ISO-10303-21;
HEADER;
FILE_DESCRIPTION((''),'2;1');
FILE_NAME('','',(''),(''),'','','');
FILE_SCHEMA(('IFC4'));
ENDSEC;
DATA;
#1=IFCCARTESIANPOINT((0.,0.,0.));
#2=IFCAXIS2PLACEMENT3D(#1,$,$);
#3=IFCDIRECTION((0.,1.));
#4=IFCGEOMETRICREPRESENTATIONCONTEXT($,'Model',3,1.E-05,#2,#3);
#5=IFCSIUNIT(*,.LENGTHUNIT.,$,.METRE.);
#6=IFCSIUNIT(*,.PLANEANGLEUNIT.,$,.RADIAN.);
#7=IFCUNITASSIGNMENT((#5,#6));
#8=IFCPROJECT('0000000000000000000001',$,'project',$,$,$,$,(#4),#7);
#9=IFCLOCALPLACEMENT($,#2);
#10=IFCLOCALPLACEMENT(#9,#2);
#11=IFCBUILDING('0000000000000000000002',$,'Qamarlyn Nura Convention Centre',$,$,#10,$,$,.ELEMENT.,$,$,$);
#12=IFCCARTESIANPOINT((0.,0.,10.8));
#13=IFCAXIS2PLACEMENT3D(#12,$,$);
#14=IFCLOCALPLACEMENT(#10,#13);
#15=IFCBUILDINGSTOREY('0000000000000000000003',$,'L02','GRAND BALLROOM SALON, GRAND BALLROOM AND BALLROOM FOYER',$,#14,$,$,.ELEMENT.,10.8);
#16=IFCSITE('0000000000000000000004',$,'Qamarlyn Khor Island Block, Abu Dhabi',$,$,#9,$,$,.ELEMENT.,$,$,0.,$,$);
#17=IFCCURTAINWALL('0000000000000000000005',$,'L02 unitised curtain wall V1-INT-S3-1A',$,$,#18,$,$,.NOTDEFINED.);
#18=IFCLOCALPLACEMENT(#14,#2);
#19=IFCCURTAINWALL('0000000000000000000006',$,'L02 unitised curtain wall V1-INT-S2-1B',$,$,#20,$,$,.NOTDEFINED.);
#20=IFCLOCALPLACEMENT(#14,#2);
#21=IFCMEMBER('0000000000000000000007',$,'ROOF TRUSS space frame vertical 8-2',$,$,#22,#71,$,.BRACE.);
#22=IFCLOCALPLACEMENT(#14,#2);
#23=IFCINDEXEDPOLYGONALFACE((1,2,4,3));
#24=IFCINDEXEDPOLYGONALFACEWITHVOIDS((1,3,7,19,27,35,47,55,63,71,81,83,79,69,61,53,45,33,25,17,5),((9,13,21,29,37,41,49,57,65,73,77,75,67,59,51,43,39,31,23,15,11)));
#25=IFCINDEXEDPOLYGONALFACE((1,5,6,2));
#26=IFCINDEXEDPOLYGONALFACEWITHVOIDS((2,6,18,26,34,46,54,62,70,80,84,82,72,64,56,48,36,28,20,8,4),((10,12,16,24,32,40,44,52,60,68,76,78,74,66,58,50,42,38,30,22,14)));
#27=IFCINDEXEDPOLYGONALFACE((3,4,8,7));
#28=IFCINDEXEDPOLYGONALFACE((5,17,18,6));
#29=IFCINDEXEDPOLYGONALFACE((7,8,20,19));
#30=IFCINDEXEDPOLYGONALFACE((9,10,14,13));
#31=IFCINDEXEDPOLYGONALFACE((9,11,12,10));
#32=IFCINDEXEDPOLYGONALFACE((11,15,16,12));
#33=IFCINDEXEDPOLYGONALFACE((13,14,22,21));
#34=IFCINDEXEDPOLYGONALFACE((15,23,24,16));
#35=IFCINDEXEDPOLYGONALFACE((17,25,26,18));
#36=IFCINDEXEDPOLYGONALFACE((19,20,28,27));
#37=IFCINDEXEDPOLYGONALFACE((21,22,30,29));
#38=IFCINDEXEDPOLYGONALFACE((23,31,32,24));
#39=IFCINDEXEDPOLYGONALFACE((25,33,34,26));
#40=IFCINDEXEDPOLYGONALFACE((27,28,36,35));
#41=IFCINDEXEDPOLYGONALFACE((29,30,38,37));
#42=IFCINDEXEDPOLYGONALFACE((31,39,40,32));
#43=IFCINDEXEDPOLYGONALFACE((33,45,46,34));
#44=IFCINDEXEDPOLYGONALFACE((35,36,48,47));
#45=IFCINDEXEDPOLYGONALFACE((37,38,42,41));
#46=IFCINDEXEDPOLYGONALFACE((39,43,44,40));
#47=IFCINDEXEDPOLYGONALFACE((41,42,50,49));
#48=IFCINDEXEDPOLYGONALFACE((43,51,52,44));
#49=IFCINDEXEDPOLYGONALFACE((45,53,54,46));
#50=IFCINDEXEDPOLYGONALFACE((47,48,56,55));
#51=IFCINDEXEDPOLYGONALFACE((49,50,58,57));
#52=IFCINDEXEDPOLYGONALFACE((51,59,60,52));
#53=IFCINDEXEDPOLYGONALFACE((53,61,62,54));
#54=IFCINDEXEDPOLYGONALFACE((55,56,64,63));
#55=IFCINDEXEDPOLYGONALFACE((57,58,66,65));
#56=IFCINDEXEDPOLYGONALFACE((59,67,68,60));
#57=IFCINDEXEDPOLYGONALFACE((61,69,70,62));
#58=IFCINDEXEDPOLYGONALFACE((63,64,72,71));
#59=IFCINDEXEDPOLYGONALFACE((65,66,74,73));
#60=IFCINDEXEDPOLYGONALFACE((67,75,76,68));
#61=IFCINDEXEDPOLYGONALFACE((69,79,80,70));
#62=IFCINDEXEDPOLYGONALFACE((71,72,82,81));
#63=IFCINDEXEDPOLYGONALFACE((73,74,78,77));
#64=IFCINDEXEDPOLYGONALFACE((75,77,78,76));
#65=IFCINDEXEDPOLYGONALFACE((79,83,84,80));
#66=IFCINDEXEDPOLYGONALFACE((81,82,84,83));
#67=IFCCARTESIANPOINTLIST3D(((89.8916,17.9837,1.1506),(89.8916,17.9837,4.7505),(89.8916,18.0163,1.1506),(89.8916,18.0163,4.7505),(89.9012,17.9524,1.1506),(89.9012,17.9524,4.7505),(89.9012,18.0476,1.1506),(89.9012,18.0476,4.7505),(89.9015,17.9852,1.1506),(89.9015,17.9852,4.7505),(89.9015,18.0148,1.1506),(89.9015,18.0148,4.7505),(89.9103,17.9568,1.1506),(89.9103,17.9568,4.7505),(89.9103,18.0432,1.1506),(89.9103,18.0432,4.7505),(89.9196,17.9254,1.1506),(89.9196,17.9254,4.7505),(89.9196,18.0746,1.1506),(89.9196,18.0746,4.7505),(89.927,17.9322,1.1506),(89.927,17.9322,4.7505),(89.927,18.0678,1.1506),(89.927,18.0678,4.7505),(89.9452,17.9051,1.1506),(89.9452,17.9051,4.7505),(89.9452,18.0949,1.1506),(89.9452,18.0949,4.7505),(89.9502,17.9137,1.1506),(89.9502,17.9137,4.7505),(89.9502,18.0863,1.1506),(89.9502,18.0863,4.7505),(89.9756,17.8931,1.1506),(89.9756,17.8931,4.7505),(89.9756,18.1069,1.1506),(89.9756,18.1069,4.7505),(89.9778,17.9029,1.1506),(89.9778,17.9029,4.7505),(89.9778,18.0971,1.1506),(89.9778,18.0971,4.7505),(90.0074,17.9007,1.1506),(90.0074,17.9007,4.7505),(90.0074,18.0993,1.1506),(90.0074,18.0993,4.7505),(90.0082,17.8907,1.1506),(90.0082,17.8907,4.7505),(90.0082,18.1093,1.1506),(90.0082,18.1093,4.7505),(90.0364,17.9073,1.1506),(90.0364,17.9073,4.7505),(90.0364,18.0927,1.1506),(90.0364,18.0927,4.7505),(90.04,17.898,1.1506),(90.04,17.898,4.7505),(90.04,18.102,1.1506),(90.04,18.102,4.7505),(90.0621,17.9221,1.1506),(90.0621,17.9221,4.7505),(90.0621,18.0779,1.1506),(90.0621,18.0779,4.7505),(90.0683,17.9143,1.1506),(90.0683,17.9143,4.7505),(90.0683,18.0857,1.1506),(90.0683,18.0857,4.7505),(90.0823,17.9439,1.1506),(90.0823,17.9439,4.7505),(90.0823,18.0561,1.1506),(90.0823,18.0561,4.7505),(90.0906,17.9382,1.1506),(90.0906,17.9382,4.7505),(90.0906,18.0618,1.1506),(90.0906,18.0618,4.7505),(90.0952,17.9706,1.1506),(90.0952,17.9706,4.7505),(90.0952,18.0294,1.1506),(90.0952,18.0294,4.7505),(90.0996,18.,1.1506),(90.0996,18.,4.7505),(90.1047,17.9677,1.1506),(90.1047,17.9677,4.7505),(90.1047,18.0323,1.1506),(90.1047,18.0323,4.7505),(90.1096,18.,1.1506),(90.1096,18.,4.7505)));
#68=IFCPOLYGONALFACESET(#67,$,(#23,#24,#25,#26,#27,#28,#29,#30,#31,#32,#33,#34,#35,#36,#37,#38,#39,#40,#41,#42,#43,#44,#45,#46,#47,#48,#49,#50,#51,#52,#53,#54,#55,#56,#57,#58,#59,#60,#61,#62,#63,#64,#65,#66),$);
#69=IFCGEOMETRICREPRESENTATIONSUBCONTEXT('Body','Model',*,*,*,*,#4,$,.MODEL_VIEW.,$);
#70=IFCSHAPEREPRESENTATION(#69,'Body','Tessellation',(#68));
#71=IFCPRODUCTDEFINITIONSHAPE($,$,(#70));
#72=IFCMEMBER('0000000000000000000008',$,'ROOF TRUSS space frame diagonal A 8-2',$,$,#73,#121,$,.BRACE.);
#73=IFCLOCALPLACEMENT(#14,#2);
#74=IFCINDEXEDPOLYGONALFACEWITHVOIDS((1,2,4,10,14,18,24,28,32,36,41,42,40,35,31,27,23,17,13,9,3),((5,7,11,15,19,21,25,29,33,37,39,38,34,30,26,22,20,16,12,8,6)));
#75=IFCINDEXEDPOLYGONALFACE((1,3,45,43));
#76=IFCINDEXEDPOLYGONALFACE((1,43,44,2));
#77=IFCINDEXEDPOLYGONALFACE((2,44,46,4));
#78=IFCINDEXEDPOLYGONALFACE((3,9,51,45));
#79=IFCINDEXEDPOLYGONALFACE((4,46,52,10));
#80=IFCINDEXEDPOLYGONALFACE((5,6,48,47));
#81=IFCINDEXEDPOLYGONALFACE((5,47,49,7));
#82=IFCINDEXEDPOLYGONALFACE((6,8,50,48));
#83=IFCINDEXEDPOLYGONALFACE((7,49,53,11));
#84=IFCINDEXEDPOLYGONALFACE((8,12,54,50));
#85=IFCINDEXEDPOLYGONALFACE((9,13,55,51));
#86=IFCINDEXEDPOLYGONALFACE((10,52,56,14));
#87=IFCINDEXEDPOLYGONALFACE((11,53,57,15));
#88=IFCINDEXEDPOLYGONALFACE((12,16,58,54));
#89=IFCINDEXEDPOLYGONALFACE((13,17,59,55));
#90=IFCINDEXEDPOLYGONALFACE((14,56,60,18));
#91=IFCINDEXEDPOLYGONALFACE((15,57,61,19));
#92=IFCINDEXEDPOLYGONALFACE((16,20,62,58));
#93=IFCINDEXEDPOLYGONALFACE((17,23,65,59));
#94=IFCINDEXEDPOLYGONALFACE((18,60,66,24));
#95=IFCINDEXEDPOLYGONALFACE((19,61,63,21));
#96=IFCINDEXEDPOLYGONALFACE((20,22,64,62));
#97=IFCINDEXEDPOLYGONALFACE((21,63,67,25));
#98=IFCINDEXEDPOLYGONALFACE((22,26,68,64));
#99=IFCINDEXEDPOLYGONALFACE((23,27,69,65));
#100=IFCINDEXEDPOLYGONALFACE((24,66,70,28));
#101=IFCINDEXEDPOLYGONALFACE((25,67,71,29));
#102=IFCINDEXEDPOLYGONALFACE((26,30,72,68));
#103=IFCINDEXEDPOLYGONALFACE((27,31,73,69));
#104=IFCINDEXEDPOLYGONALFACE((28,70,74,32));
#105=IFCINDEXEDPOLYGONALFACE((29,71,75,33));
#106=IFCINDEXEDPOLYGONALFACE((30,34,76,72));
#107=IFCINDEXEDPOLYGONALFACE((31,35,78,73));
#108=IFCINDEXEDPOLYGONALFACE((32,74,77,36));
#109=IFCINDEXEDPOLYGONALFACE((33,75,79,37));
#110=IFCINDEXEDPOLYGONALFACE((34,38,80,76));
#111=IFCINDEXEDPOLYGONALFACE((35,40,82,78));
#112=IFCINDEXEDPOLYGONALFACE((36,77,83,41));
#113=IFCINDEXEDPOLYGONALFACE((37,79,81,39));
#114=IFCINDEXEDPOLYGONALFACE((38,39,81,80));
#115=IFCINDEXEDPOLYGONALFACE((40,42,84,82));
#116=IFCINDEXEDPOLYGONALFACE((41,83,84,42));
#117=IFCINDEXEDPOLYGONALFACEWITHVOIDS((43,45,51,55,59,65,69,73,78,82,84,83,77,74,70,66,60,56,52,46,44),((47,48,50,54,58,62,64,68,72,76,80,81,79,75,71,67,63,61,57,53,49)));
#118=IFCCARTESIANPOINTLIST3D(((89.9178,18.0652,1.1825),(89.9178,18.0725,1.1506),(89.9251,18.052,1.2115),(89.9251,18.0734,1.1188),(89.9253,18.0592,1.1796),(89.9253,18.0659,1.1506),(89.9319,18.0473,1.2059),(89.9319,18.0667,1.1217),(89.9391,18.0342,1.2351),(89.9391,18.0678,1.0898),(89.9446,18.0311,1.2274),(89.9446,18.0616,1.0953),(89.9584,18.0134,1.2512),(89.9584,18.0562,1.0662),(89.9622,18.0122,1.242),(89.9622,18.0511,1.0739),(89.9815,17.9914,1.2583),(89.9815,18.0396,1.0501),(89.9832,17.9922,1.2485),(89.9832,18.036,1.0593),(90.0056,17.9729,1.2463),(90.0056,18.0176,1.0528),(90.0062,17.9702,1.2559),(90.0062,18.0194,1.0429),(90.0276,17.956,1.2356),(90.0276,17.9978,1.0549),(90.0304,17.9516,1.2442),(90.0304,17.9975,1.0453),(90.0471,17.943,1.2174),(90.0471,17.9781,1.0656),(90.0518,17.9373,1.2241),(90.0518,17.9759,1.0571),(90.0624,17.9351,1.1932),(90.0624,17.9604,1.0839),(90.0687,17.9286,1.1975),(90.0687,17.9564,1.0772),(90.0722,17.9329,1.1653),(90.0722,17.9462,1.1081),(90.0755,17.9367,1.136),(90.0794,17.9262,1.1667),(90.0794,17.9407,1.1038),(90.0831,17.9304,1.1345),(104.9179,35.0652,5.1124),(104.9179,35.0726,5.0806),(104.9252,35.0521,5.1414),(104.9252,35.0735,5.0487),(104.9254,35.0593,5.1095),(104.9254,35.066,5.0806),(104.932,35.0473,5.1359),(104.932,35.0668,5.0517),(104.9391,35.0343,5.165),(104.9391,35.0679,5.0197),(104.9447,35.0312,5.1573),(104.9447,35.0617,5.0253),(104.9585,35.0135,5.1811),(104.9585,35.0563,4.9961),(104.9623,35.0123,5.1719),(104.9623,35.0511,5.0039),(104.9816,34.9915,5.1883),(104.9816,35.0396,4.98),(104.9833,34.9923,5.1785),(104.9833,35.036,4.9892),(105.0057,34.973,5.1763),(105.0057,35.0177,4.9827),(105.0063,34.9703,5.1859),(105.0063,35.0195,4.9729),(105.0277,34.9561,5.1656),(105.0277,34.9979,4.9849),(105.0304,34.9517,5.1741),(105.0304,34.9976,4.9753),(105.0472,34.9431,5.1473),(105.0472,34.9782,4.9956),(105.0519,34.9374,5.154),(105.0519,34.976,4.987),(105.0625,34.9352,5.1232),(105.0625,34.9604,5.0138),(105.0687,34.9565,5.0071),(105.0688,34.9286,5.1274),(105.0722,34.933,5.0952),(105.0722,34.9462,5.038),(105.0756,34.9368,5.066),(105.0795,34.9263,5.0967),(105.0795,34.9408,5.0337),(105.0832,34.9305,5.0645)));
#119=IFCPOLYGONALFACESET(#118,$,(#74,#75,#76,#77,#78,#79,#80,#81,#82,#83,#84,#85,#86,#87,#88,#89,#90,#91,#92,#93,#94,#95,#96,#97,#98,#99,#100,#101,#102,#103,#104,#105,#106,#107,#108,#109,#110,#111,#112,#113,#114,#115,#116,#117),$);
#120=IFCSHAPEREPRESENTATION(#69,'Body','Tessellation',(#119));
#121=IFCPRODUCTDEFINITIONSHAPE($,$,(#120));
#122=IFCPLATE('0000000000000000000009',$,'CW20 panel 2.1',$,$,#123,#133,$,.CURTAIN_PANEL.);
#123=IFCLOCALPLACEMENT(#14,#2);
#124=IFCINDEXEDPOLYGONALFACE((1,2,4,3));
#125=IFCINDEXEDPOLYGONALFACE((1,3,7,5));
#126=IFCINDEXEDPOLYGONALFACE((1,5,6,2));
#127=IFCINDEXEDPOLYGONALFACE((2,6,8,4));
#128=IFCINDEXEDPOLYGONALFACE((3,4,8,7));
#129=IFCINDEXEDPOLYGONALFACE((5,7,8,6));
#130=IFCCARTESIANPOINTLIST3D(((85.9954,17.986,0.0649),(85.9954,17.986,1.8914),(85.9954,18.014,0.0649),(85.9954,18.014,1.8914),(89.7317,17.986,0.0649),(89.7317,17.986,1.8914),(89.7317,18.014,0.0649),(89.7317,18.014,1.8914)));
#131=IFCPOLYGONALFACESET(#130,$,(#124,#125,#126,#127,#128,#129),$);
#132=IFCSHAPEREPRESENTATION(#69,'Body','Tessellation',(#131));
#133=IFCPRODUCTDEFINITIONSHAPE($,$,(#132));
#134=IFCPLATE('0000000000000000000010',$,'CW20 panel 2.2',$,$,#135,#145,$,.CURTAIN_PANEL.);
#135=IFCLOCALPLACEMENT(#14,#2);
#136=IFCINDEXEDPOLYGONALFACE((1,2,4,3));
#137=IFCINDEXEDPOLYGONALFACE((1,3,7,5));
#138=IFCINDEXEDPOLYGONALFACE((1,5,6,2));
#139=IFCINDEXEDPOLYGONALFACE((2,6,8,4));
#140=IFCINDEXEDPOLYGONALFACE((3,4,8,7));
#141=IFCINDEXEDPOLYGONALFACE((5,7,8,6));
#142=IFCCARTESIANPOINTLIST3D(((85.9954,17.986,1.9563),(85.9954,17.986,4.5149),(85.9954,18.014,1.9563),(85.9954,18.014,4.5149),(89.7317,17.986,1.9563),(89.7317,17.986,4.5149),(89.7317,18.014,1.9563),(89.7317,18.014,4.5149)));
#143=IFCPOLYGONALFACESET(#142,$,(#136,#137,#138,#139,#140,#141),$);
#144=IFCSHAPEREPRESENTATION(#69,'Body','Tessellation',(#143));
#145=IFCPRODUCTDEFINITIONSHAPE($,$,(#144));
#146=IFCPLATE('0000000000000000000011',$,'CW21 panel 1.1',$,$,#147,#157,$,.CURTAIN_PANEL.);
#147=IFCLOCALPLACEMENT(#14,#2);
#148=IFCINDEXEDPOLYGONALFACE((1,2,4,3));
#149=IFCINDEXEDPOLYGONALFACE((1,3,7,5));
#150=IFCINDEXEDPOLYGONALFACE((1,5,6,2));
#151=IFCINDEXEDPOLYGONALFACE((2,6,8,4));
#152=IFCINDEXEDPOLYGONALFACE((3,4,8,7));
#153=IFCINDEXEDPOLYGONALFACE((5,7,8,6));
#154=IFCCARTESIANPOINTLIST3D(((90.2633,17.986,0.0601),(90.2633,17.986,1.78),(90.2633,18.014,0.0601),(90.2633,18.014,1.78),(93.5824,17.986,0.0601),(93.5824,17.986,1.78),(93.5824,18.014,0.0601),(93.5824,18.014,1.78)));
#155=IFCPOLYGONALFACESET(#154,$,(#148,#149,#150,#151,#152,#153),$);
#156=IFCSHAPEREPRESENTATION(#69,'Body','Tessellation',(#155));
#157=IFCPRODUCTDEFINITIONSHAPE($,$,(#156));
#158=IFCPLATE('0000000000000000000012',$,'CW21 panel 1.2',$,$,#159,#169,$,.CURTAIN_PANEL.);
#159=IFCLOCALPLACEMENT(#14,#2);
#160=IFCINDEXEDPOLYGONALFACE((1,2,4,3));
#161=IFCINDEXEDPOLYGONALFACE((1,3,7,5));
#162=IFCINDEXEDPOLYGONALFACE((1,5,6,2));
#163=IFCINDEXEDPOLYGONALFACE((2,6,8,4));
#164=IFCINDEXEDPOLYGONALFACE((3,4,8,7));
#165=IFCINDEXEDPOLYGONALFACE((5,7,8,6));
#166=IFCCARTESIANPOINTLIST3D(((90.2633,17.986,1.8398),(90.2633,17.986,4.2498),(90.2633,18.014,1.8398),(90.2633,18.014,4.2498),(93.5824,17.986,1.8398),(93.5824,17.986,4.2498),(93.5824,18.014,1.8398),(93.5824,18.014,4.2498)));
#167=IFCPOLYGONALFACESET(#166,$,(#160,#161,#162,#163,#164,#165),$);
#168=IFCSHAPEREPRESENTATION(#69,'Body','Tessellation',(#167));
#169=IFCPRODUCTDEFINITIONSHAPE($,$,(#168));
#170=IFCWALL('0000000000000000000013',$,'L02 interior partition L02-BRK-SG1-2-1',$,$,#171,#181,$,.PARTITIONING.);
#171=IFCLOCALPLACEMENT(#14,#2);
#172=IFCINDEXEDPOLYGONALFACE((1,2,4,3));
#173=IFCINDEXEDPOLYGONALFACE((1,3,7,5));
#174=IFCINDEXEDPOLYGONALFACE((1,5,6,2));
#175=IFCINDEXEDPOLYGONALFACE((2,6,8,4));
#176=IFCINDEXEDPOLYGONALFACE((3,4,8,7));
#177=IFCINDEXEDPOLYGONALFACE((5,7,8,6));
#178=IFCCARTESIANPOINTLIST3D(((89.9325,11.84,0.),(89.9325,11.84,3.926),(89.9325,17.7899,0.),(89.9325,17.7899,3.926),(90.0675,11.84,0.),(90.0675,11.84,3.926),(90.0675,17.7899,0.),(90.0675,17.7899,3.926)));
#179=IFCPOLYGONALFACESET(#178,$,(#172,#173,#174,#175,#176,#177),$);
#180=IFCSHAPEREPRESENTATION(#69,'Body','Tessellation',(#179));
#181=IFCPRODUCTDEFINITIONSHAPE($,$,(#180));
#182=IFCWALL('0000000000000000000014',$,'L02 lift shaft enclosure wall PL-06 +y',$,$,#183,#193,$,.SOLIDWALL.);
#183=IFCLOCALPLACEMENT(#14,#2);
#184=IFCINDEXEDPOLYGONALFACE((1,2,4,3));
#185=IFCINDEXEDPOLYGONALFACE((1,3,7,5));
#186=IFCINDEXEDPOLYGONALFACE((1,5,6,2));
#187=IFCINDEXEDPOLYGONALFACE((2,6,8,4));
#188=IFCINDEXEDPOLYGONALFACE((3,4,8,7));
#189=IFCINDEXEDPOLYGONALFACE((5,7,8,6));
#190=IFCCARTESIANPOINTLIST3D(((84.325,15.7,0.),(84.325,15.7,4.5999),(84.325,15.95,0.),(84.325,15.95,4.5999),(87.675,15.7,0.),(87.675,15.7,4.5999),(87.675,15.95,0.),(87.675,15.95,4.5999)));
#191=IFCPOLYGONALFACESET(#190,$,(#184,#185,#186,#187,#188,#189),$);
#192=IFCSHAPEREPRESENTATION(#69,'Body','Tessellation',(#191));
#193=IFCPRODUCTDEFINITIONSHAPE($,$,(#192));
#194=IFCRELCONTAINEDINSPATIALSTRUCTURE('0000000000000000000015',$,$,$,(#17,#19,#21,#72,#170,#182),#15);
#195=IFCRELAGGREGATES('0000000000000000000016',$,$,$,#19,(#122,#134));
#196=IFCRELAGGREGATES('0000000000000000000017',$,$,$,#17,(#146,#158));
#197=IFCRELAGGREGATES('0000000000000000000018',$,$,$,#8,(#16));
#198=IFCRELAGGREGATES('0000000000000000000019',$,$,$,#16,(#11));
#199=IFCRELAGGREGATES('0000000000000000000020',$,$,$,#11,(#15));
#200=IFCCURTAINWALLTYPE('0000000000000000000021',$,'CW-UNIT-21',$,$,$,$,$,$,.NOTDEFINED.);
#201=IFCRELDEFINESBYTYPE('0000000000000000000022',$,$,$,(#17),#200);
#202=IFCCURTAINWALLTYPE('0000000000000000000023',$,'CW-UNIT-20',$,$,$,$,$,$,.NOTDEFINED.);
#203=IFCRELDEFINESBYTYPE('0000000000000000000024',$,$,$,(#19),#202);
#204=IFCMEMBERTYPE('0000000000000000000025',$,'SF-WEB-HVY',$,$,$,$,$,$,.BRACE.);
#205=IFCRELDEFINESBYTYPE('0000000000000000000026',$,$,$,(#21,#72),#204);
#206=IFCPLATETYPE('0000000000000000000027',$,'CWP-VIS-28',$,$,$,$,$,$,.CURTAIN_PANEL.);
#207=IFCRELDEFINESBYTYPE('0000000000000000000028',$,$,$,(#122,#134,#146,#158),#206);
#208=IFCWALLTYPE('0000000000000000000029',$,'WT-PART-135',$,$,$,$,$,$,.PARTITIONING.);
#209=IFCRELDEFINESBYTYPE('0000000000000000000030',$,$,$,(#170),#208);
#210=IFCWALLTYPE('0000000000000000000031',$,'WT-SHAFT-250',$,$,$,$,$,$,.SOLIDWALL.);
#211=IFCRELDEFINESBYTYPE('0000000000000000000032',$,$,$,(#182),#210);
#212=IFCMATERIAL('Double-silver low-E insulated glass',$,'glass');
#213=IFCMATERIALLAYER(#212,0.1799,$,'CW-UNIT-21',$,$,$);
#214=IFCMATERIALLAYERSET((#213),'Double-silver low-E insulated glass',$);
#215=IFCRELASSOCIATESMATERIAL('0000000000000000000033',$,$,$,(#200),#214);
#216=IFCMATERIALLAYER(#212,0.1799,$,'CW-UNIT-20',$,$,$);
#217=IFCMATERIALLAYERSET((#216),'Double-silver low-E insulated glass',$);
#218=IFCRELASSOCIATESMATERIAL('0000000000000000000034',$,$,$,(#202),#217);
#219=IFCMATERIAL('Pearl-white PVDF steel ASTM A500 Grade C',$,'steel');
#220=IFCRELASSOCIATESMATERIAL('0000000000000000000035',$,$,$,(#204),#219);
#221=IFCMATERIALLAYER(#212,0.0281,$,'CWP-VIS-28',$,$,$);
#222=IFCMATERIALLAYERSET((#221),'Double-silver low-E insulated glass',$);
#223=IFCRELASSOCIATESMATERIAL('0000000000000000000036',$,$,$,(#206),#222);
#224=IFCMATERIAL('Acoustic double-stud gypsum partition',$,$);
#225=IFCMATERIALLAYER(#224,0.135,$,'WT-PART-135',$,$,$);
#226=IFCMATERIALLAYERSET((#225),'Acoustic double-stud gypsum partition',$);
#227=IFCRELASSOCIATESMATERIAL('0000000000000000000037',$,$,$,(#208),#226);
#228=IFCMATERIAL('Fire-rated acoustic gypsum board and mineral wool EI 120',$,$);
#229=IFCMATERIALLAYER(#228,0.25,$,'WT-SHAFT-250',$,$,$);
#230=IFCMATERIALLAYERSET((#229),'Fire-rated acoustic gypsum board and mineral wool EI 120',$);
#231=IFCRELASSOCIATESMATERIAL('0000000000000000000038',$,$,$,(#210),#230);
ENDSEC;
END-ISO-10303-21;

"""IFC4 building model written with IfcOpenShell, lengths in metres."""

from ifc_helpers import new_model, si_unit, direction, frame, frame_2d, origin, origin_2d, place, context, subcontext, project, spatial, rectangle, hollow_circle, extrude, material, layer, layer_set, material_profile, profile_set, type_object, element, aggregate, save


model = new_model("IFC4")

# Units and contexts
model_context = context("Model", 3, precision=1e-05, world=origin(), true_north=direction((0.0, 1.0)))
body_context = subcontext(model_context, "Body", "Model", "MODEL_VIEW")
ifc_project = project(units=[si_unit("LENGTHUNIT", "METRE"), si_unit("PLANEANGLEUNIT", "RADIAN")], contexts=[model_context])

# Site, building, storey
site_placement = place(None, origin())
site = spatial("IfcSite", under=ifc_project, at=site_placement, Name="Qamarlyn Khor Island Block, Abu Dhabi", CompositionType="ELEMENT", RefElevation=0.0)
building_placement = place(site_placement, origin())
building = spatial("IfcBuilding", under=site, at=building_placement, Name="Qamarlyn Nura Convention Centre", CompositionType="ELEMENT")
storey_placement = place(building_placement, frame((0.0, 0.0, 10.8)))
storey = spatial("IfcBuildingStorey", under=building, at=storey_placement, Name="L02", Description="GRAND BALLROOM SALON, GRAND BALLROOM AND BALLROOM FOYER", CompositionType="ELEMENT", Elevation=10.8)

# Shared definitions
ifc_material_1 = material(Name="Pearl-white PVDF steel ASTM A500 Grade C", Category="steel")

# Curtain walls
ifc_material_2 = material(Name="Double-silver low-E insulated glass", Category="glass")
ifc_layer_1 = layer(ifc_material_2, 0.1799, Name="CW-UNIT-21")
ifc_layer_set_1 = layer_set([ifc_layer_1], Name="Double-silver low-E insulated glass")
curtain_wall_type_1 = type_object("IfcCurtainWallType", Name="CW-UNIT-21", PredefinedType="NOTDEFINED", material=ifc_layer_set_1)
curtain_wall_1_placement = place(storey_placement, origin())
curtain_wall_1 = element("IfcCurtainWall", 1, at=curtain_wall_1_placement, inside=storey, type_object=curtain_wall_type_1, Name="L02 unitised curtain wall V1-INT-S3-1A", PredefinedType="NOTDEFINED")
ifc_layer_2 = layer(ifc_material_2, 0.1799, Name="CW-UNIT-20")
ifc_layer_set_2 = layer_set([ifc_layer_2], Name="Double-silver low-E insulated glass")
curtain_wall_type_2 = type_object("IfcCurtainWallType", Name="CW-UNIT-20", PredefinedType="NOTDEFINED", material=ifc_layer_set_2)
curtain_wall_2_placement = place(storey_placement, origin())
curtain_wall_2 = element("IfcCurtainWall", 2, at=curtain_wall_2_placement, inside=storey, type_object=curtain_wall_type_2, Name="L02 unitised curtain wall V1-INT-S2-1B", PredefinedType="NOTDEFINED")

# Members
ifc_material_profile_1 = material_profile(ifc_material_1, hollow_circle(Radius=0.1096, WallThickness=0.01, at=origin_2d()), Name="CHS219.1X10")
ifc_profile_set_1 = profile_set([ifc_material_profile_1], Name="Pearl-white PVDF steel ASTM A500 Grade C")
member_type_1 = type_object("IfcMemberType", Name="SF-WEB-HVY", PredefinedType="BRACE", material=ifc_profile_set_1)
member_1_placement = place(storey_placement, frame((90.0, 18.0, 1.1506), z_axis=(0.0, 0.0, 1.0), x_axis=(1.0, 0.0, 0.0)))
element("IfcMember", 3, at=member_1_placement, inside=storey, type_object=member_type_1, Name="ROOF TRUSS space frame vertical 8-2", PredefinedType="BRACE", context=body_context, shape_type="SweptSolid", body=[
    extrude(hollow_circle(Radius=0.1096, WallThickness=0.01, at=origin_2d()), origin(), (0.0, 0.0, 1.0), 3.5999),
])
member_2_placement = place(storey_placement, frame((90.0, 18.0, 1.1506), z_axis=(0.6519, 0.73882, 0.170795), x_axis=(-0.749838, 0.661622, 0.0)))
element("IfcMember", 4, at=member_2_placement, inside=storey, type_object=member_type_1, Name="ROOF TRUSS space frame diagonal A 8-2", PredefinedType="BRACE", context=body_context, shape_type="SweptSolid", body=[
    extrude(hollow_circle(Radius=0.1096, WallThickness=0.01, at=origin_2d()), origin(), (0.0, 0.0, 1.0), 23.0098),
])

# Plates
ifc_layer_3 = layer(ifc_material_2, 0.0281, Name="CWP-VIS-28")
ifc_layer_set_3 = layer_set([ifc_layer_3], Name="Double-silver low-E insulated glass")
plate_type = type_object("IfcPlateType", Name="CWP-VIS-28", PredefinedType="CURTAIN_PANEL", material=ifc_layer_set_3)
plate_1_placement = place(storey_placement, frame((87.8635, 18.0, 0.0649), z_axis=(0.0, 0.0, 1.0), x_axis=(1.0, 0.0, 0.0)))
plate_1 = element("IfcPlate", 5, at=plate_1_placement, type_object=plate_type, Name="CW20 panel 2.1", PredefinedType="CURTAIN_PANEL", context=body_context, shape_type="SweptSolid", body=[
    extrude(rectangle(XDim=3.7363, YDim=0.0281, at=origin_2d()), origin(), (0.0, 0.0, 1.0), 1.8264),
])
plate_2_placement = place(storey_placement, frame((87.8635, 18.0, 1.9563), z_axis=(0.0, 0.0, 1.0), x_axis=(1.0, 0.0, 0.0)))
plate_2 = element("IfcPlate", 6, at=plate_2_placement, type_object=plate_type, Name="CW20 panel 2.2", PredefinedType="CURTAIN_PANEL", context=body_context, shape_type="SweptSolid", body=[
    extrude(rectangle(XDim=3.7363, YDim=0.0281, at=origin_2d()), origin(), (0.0, 0.0, 1.0), 2.5586),
])
aggregate(curtain_wall_2, [plate_1, plate_2])
plate_3_placement = place(storey_placement, frame((91.9229, 18.0, 0.0601), z_axis=(0.0, 0.0, 1.0), x_axis=(1.0, 0.0, 0.0)))
plate_3 = element("IfcPlate", 7, at=plate_3_placement, type_object=plate_type, Name="CW21 panel 1.1", PredefinedType="CURTAIN_PANEL", context=body_context, shape_type="SweptSolid", body=[
    extrude(rectangle(XDim=3.3191, YDim=0.0281, at=origin_2d()), origin(), (0.0, 0.0, 1.0), 1.72),
])
plate_4_placement = place(storey_placement, frame((91.9229, 18.0, 1.8398), z_axis=(0.0, 0.0, 1.0), x_axis=(1.0, 0.0, 0.0)))
plate_4 = element("IfcPlate", 8, at=plate_4_placement, type_object=plate_type, Name="CW21 panel 1.2", PredefinedType="CURTAIN_PANEL", context=body_context, shape_type="SweptSolid", body=[
    extrude(rectangle(XDim=3.3191, YDim=0.0281, at=origin_2d()), origin(), (0.0, 0.0, 1.0), 2.4099),
])
aggregate(curtain_wall_1, [plate_3, plate_4])

# Walls
ifc_material_3 = material(Name="Acoustic double-stud gypsum partition")
ifc_layer_4 = layer(ifc_material_3, 0.135, Name="WT-PART-135")
ifc_layer_set_4 = layer_set([ifc_layer_4], Name="Acoustic double-stud gypsum partition")
wall_type_1 = type_object("IfcWallType", Name="WT-PART-135", PredefinedType="PARTITIONING", material=ifc_layer_set_4)
wall_1_placement = place(storey_placement, frame((90.0, 17.79, 0.0), z_axis=(0.0, 0.0, 1.0), x_axis=(0.0, -1.0, 0.0)))
element("IfcWall", 9, at=wall_1_placement, inside=storey, type_object=wall_type_1, Name="L02 interior partition L02-BRK-SG1-2-1", PredefinedType="PARTITIONING", context=body_context, shape_type="SweptSolid", body=[
    extrude(rectangle(XDim=5.95, YDim=0.135, at=frame_2d((2.9751, 0.0))), origin(), (0.0, 0.0, 1.0), 3.926),
])
ifc_material_4 = material(Name="Fire-rated acoustic gypsum board and mineral wool EI 120")
ifc_layer_5 = layer(ifc_material_4, 0.25, Name="WT-SHAFT-250")
ifc_layer_set_5 = layer_set([ifc_layer_5], Name="Fire-rated acoustic gypsum board and mineral wool EI 120")
wall_type_2 = type_object("IfcWallType", Name="WT-SHAFT-250", PredefinedType="SOLIDWALL", material=ifc_layer_set_5)
wall_2_placement = place(storey_placement, frame((87.675, 15.825, 0.0), z_axis=(0.0, 0.0, 1.0), x_axis=(-1.0, 0.0, 0.0)))
element("IfcWall", 10, at=wall_2_placement, inside=storey, type_object=wall_type_2, Name="L02 lift shaft enclosure wall PL-06 +y", PredefinedType="SOLIDWALL", context=body_context, shape_type="SweptSolid", body=[
    extrude(rectangle(XDim=3.3501, YDim=0.25, at=frame_2d((1.675, 0.0))), origin(), (0.0, 0.0, 1.0), 4.5999),
])

save(model, "model.ifc")
